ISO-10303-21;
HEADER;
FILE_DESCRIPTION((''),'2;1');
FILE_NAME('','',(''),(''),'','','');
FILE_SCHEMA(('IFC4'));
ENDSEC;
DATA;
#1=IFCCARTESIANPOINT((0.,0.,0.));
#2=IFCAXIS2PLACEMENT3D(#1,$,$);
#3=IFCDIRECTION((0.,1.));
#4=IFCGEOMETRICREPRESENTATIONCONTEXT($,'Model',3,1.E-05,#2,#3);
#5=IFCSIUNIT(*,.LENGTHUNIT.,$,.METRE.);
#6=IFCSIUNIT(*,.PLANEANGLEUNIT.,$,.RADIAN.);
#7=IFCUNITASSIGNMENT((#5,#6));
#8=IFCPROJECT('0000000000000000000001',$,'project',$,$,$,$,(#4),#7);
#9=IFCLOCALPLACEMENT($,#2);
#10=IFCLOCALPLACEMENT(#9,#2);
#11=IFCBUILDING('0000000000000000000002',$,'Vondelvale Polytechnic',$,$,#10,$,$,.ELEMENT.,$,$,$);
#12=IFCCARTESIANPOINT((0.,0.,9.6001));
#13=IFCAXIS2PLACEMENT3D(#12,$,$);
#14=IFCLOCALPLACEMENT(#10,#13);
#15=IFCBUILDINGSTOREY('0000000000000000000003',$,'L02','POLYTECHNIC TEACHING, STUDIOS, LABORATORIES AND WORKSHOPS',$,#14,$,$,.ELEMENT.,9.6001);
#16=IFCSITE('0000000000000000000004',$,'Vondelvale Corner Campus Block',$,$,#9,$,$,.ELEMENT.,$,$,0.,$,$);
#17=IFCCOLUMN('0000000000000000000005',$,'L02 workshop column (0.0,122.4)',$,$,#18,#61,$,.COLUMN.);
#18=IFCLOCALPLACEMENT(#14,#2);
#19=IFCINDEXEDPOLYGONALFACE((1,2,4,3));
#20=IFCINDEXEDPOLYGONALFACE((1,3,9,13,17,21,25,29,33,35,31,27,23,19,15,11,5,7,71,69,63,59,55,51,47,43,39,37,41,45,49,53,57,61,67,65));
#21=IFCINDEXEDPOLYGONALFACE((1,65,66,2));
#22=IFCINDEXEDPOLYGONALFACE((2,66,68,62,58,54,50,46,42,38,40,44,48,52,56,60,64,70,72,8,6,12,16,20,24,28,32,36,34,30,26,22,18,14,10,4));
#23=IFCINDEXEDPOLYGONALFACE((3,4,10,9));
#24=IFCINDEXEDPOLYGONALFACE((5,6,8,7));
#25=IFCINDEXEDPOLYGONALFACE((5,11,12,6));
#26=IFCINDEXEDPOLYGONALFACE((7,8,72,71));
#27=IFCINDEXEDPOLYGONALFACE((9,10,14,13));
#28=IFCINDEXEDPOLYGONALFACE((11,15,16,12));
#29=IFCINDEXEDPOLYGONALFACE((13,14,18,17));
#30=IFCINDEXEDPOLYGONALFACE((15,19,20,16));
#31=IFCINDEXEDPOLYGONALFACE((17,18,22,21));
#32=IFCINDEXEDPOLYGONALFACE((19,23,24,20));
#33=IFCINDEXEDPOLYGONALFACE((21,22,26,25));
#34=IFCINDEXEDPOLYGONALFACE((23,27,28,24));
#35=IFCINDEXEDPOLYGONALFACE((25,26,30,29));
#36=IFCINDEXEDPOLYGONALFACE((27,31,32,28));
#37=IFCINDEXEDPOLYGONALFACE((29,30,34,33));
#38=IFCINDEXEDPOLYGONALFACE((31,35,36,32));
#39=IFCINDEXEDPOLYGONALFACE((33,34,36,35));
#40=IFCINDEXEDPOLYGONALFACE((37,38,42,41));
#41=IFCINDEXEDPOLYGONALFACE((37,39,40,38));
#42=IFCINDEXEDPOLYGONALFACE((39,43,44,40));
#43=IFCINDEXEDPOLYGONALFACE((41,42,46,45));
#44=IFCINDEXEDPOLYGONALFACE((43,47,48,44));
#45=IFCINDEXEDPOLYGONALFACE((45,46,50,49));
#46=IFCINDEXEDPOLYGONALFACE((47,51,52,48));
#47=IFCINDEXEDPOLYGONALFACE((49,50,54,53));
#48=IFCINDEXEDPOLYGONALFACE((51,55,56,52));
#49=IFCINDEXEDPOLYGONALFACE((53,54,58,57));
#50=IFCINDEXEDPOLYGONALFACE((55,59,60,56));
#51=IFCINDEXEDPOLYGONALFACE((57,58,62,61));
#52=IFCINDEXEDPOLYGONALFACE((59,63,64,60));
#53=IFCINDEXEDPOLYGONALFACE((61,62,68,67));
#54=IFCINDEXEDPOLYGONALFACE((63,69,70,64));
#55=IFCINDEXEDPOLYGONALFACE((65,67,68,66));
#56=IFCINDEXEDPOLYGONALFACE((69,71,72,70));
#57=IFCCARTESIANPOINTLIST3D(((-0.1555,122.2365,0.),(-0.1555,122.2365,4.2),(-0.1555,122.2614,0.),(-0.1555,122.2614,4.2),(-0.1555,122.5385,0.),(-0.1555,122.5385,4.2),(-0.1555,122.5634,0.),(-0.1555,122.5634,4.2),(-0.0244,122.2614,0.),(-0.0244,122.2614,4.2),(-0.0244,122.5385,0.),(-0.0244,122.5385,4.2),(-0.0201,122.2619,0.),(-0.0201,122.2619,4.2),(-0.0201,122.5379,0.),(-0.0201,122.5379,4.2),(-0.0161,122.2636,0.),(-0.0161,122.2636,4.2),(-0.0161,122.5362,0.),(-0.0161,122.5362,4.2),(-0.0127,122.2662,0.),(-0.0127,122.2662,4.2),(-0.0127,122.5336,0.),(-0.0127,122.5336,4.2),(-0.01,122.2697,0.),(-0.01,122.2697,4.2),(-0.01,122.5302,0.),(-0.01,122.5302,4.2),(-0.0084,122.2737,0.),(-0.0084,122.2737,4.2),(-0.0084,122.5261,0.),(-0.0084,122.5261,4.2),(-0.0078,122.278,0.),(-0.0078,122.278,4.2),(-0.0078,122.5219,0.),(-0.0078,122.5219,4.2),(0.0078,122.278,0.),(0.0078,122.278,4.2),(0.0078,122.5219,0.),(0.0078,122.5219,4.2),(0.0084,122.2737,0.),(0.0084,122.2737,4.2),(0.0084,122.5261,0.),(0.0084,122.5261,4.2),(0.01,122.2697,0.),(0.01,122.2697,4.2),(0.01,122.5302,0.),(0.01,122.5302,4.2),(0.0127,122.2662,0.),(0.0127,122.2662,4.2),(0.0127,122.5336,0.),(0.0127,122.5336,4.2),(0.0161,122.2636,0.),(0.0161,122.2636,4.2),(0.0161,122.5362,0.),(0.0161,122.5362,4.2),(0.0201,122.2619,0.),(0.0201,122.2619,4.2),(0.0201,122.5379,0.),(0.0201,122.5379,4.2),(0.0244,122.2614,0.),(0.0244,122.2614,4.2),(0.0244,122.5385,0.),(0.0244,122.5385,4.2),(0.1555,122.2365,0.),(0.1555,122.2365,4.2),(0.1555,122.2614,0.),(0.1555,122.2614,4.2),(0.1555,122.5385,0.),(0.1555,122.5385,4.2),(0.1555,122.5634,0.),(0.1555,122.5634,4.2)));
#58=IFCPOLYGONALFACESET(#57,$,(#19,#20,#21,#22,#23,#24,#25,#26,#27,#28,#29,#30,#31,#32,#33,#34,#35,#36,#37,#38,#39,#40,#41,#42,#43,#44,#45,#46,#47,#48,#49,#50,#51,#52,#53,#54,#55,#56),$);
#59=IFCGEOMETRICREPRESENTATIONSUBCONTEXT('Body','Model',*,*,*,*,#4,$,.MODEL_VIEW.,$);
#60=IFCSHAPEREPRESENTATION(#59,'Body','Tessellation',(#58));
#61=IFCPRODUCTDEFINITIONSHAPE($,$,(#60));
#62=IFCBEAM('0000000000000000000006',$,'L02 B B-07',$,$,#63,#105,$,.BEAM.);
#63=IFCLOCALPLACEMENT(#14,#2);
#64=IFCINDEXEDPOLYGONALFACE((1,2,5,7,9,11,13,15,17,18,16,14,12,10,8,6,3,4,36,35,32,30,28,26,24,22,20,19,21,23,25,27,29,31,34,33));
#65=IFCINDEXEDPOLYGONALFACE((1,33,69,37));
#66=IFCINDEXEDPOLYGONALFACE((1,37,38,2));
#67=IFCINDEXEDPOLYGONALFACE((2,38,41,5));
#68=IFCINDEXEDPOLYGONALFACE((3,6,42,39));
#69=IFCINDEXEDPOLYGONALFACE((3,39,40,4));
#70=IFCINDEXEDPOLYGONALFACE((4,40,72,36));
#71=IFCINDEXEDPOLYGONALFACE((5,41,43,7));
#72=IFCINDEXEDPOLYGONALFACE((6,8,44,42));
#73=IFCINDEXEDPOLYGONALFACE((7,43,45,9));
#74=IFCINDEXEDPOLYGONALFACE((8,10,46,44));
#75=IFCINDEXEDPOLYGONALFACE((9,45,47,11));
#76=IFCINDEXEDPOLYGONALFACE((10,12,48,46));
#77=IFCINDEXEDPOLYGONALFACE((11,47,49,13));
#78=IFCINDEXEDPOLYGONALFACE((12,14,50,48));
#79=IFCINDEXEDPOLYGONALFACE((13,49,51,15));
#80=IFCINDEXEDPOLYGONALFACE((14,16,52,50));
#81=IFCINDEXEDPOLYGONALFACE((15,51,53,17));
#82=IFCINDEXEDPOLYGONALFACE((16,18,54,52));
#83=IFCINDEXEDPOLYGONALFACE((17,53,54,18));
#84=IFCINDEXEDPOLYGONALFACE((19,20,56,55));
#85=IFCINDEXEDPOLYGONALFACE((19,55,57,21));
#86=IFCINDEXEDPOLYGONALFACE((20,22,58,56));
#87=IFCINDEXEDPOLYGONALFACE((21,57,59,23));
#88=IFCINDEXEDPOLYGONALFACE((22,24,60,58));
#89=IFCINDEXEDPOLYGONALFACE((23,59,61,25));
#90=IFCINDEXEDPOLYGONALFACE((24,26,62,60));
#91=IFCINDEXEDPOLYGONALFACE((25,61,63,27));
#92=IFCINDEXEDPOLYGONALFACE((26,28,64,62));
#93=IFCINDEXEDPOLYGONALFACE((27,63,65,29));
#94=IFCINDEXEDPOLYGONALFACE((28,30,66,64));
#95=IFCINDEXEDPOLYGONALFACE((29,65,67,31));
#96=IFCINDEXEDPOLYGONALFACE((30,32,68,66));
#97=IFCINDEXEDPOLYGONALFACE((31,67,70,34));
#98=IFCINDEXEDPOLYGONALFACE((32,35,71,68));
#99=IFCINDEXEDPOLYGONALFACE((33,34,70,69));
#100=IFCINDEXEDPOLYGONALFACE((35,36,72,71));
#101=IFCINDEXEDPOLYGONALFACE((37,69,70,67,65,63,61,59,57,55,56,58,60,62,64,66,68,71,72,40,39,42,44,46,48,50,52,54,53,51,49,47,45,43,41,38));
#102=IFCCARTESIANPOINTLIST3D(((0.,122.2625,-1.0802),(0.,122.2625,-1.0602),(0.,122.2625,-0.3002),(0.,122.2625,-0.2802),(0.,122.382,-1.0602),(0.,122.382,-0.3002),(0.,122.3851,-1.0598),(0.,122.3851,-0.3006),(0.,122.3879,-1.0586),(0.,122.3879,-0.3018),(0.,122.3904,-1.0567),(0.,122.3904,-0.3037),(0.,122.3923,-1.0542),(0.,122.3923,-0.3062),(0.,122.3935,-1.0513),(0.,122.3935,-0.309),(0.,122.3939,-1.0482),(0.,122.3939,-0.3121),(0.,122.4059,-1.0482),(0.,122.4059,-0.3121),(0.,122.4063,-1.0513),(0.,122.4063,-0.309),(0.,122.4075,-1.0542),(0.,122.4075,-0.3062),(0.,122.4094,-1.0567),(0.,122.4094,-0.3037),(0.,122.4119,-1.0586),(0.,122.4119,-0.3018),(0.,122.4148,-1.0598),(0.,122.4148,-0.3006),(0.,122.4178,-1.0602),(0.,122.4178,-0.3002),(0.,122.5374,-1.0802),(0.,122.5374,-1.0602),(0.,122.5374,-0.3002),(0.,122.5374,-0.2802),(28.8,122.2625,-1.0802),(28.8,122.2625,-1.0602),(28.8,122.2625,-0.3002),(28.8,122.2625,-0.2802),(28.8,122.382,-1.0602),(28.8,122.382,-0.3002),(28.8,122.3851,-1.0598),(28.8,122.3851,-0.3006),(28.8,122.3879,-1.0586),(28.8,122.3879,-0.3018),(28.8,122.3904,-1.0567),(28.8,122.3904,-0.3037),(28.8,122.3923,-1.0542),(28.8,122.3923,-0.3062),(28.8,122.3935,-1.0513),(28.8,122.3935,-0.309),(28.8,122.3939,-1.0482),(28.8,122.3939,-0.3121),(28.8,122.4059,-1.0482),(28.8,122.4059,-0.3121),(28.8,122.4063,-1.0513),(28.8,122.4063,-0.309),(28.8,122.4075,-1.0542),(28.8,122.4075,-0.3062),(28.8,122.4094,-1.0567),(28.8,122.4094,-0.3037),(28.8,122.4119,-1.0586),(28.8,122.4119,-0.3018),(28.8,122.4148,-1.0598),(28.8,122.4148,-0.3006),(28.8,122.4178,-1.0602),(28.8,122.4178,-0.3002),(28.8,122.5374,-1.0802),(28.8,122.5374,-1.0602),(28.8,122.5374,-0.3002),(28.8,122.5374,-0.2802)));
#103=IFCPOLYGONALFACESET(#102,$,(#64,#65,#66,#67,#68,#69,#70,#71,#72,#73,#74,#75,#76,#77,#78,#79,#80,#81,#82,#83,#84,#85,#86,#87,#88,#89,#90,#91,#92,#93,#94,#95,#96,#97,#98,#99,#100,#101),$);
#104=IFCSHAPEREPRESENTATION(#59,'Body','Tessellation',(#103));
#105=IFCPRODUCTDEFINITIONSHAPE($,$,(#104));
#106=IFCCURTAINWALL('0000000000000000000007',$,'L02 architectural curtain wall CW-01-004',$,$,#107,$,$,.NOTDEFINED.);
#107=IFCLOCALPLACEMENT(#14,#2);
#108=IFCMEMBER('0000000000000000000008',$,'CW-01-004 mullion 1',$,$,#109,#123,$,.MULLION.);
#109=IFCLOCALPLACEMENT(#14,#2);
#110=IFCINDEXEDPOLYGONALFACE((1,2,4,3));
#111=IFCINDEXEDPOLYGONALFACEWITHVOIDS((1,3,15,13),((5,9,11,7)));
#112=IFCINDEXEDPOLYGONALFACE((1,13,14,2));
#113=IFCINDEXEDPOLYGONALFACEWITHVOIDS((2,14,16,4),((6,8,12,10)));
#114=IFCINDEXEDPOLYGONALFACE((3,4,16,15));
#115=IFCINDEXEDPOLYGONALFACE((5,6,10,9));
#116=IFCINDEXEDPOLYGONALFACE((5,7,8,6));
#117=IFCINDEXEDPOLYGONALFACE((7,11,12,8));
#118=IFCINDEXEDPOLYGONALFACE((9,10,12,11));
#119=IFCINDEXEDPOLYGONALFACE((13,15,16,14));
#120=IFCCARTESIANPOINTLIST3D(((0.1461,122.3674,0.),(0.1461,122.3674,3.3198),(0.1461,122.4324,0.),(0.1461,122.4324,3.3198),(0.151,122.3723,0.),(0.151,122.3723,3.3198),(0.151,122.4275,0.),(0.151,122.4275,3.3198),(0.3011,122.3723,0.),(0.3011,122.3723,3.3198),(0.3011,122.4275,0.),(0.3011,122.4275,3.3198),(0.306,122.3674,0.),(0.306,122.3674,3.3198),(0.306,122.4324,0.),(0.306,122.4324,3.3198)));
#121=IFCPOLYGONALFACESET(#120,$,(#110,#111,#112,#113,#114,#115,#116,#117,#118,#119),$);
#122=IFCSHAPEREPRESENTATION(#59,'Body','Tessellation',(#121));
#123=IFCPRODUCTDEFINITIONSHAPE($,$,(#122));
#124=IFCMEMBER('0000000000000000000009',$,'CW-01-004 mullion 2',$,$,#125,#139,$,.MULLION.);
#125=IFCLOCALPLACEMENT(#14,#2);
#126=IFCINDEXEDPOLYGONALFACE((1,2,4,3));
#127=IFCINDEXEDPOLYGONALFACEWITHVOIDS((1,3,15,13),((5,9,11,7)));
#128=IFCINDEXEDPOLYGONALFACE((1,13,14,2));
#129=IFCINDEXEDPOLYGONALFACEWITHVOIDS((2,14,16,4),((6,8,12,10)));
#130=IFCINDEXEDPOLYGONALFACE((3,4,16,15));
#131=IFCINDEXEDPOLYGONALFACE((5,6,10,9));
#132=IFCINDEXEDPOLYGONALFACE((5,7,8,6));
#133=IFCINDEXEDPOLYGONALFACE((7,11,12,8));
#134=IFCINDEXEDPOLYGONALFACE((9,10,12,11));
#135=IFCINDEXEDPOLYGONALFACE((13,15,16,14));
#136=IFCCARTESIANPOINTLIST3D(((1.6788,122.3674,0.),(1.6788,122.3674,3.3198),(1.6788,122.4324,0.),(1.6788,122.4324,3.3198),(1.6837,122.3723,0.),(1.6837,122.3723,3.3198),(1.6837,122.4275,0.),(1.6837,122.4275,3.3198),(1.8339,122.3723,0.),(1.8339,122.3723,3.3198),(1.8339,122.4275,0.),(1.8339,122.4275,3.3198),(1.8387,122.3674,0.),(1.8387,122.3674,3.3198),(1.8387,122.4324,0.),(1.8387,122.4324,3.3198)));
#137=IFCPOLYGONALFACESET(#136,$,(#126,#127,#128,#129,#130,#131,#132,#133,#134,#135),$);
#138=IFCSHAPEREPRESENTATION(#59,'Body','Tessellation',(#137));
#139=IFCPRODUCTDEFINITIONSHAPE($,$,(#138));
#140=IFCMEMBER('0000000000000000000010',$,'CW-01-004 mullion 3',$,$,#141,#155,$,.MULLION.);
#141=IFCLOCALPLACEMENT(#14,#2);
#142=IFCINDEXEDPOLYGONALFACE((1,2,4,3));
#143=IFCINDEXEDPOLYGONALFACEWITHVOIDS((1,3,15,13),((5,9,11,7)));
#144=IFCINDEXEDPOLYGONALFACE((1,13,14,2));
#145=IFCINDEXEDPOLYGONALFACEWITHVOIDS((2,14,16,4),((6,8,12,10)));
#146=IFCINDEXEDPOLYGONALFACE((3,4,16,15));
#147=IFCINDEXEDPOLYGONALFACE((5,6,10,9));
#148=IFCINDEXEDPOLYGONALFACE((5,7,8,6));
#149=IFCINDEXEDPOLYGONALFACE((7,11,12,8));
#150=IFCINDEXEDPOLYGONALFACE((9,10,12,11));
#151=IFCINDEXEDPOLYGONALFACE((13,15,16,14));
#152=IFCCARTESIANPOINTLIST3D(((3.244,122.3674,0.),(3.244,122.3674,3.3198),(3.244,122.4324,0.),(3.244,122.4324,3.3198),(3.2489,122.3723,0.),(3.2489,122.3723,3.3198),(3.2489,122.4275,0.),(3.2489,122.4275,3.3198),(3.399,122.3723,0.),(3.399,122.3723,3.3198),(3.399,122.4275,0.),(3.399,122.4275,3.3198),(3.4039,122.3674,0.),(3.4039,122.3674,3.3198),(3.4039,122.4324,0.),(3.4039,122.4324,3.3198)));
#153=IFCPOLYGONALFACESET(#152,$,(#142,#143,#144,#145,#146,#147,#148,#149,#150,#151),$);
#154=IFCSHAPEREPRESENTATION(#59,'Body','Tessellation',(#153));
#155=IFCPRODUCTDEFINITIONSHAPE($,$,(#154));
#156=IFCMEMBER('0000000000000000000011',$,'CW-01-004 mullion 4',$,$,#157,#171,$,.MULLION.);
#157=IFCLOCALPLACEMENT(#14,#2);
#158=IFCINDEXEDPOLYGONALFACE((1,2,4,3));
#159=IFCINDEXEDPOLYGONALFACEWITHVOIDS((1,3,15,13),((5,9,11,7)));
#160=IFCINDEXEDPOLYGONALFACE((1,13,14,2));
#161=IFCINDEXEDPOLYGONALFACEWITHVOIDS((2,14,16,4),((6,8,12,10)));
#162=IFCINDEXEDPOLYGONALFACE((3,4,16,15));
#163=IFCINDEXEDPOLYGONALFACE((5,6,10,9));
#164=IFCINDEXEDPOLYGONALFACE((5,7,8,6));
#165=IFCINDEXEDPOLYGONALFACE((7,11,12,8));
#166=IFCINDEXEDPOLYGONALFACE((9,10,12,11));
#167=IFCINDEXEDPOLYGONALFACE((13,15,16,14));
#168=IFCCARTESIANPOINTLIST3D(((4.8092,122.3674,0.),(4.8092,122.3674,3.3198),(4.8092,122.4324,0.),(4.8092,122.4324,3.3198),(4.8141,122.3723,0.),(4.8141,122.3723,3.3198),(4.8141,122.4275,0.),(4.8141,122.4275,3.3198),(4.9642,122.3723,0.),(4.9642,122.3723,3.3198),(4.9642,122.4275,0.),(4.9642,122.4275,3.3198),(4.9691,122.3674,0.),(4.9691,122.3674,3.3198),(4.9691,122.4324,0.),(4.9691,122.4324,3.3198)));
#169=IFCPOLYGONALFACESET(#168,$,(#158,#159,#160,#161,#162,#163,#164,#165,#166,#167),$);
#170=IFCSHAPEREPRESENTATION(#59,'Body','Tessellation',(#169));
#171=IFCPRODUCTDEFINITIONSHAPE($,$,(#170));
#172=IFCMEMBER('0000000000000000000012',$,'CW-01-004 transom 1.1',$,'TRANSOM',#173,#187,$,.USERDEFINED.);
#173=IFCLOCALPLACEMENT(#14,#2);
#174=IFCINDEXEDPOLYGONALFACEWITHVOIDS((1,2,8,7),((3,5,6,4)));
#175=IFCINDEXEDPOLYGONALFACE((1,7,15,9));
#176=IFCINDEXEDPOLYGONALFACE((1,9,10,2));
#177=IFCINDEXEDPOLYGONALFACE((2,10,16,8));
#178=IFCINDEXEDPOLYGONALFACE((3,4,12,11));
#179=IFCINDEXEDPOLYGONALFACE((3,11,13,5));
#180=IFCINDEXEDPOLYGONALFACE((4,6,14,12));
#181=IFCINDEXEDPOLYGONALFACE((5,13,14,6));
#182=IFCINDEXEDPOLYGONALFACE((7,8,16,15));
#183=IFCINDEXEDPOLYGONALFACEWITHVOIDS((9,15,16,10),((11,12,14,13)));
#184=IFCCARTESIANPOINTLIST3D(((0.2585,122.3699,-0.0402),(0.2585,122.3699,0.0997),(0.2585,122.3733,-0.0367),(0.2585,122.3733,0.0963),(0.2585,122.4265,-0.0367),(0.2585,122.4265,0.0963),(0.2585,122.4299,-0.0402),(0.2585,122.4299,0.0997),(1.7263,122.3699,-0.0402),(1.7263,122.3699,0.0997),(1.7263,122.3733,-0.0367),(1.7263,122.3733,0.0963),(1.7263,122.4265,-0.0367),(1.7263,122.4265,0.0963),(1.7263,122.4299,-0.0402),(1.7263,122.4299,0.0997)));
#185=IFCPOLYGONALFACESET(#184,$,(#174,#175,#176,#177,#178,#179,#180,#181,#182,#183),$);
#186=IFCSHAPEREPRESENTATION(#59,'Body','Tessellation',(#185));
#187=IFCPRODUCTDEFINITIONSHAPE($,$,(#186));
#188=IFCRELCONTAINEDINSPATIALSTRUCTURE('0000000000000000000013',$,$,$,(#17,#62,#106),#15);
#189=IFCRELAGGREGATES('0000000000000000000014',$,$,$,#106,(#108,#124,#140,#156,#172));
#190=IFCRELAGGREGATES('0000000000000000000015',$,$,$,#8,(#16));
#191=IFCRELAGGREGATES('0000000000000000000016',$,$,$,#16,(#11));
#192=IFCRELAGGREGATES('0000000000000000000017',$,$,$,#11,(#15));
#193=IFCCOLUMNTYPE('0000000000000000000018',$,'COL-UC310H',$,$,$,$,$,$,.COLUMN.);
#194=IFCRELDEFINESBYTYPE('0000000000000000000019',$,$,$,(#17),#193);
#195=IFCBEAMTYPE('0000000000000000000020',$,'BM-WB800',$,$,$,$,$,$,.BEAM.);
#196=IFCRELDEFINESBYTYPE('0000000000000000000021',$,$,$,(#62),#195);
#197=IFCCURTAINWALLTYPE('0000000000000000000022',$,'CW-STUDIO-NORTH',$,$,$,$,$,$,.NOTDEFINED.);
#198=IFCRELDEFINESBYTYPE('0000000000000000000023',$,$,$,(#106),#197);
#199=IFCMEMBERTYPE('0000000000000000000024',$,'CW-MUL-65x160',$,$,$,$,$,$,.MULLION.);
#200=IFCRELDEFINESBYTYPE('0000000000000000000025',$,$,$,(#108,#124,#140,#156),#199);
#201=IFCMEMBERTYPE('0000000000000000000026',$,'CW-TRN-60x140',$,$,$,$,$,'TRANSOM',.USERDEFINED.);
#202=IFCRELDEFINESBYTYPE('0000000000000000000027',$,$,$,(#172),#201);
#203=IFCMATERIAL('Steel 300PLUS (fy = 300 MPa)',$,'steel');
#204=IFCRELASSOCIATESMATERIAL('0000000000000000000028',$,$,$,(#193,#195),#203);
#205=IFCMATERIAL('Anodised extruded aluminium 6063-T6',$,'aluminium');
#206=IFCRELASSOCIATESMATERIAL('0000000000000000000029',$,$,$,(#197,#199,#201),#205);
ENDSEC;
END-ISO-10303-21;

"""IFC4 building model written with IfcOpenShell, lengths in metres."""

from ifc_helpers import new_model, si_unit, direction, frame, origin, origin_2d, place, context, subcontext, project, spatial, hollow_rectangle, i_section, extrude, material, material_profile, profile_set, type_object, element, aggregate, save


model = new_model("IFC4")

# Units and contexts
model_context = context("Model", 3, precision=1e-05, world=origin(), true_north=direction((0.0, 1.0)))
body_context = subcontext(model_context, "Body", "Model", "MODEL_VIEW")
ifc_project = project(units=[si_unit("LENGTHUNIT", "METRE"), si_unit("PLANEANGLEUNIT", "RADIAN")], contexts=[model_context])

# Site, building, storey
site_placement = place(None, origin())
site = spatial("IfcSite", under=ifc_project, at=site_placement, Name="Vondelvale Corner Campus Block", CompositionType="ELEMENT", RefElevation=0.0)
building_placement = place(site_placement, origin())
building = spatial("IfcBuilding", under=site, at=building_placement, Name="Vondelvale Polytechnic", CompositionType="ELEMENT")
storey_placement = place(building_placement, frame((0.0, 0.0, 9.6001)))
storey = spatial("IfcBuildingStorey", under=building, at=storey_placement, Name="L02", Description="POLYTECHNIC TEACHING, STUDIOS, LABORATORIES AND WORKSHOPS", CompositionType="ELEMENT", Elevation=9.6001)

# Column
ifc_material_1 = material(Name="Steel 300PLUS (fy = 300 MPa)", Category="steel")
ifc_material_profile_1 = material_profile(ifc_material_1, i_section(OverallWidth=0.311, OverallDepth=0.3269, WebThickness=0.0156, FlangeThickness=0.0249, FilletRadius=0.0166, at=origin_2d()), Name="310UC158")
ifc_profile_set_1 = profile_set([ifc_material_profile_1], Name="Steel 300PLUS (fy = 300 MPa)")
column_type = type_object("IfcColumnType", Name="COL-UC310H", PredefinedType="COLUMN", material=ifc_profile_set_1)
column_placement = place(storey_placement, frame((0.0, 122.3999, 0.0), z_axis=(0.0, 0.0, 1.0), x_axis=(1.0, 0.0, 0.0)))
element("IfcColumn", 1, at=column_placement, inside=storey, type_object=column_type, Name="L02 workshop column (0.0,122.4)", PredefinedType="COLUMN", context=body_context, shape_type="SweptSolid", body=[
    extrude(i_section(OverallWidth=0.311, OverallDepth=0.3269, WebThickness=0.0156, FlangeThickness=0.0249, FilletRadius=0.0166, at=origin_2d()), origin(), (0.0, 0.0, 1.0), 4.2),
])

# Beam
ifc_material_profile_2 = material_profile(ifc_material_1, i_section(OverallWidth=0.2749, OverallDepth=0.8, WebThickness=0.012, FlangeThickness=0.02, FilletRadius=0.012, at=origin_2d()), Name="800WB168")
ifc_profile_set_2 = profile_set([ifc_material_profile_2], Name="Steel 300PLUS (fy = 300 MPa)")
beam_type = type_object("IfcBeamType", Name="BM-WB800", PredefinedType="BEAM", material=ifc_profile_set_2)
beam_placement = place(storey_placement, frame((0.0, 122.3999, -0.6802), z_axis=(1.0, 0.0, 0.0), x_axis=(0.0, 1.0, 0.0)))
element("IfcBeam", 2, at=beam_placement, inside=storey, type_object=beam_type, Name="L02 B B-07", PredefinedType="BEAM", context=body_context, shape_type="SweptSolid", body=[
    extrude(i_section(OverallWidth=0.2749, OverallDepth=0.8, WebThickness=0.012, FlangeThickness=0.02, FilletRadius=0.012, at=origin_2d()), origin(), (0.0, 0.0, 1.0), 28.8),
])

# Curtain wall, members
ifc_material_2 = material(Name="Anodised extruded aluminium 6063-T6", Category="aluminium")
curtain_wall_type = type_object("IfcCurtainWallType", Name="CW-STUDIO-NORTH", PredefinedType="NOTDEFINED", material=ifc_material_2)
curtain_wall_placement = place(storey_placement, origin())
curtain_wall = element("IfcCurtainWall", 3, at=curtain_wall_placement, inside=storey, type_object=curtain_wall_type, Name="L02 architectural curtain wall CW-01-004", PredefinedType="NOTDEFINED")
ifc_material_profile_3 = material_profile(ifc_material_2, hollow_rectangle(XDim=0.0649, YDim=0.1599, WallThickness=0.0049, at=origin_2d()), Name="CW-MUL-160x65")
ifc_profile_set_3 = profile_set([ifc_material_profile_3], Name="Anodised extruded aluminium 6063-T6")
member_type_1 = type_object("IfcMemberType", Name="CW-MUL-65x160", PredefinedType="MULLION", material=ifc_profile_set_3)
member_1_placement = place(storey_placement, frame((0.2261, 122.3999, 0.0), z_axis=(0.0, 0.0, 1.0), x_axis=(0.0, 1.0, 0.0)))
member_1 = element("IfcMember", 4, at=member_1_placement, type_object=member_type_1, Name="CW-01-004 mullion 1", PredefinedType="MULLION", context=body_context, shape_type="SweptSolid", body=[
    extrude(hollow_rectangle(XDim=0.0649, YDim=0.1599, WallThickness=0.0049, at=origin_2d()), origin(), (0.0, 0.0, 1.0), 3.3198),
])
member_2_placement = place(storey_placement, frame((1.7588, 122.3999, 0.0), z_axis=(0.0, 0.0, 1.0), x_axis=(0.0, 1.0, 0.0)))
member_2 = element("IfcMember", 5, at=member_2_placement, type_object=member_type_1, Name="CW-01-004 mullion 2", PredefinedType="MULLION", context=body_context, shape_type="SweptSolid", body=[
    extrude(hollow_rectangle(XDim=0.0649, YDim=0.1599, WallThickness=0.0049, at=origin_2d()), origin(), (0.0, 0.0, 1.0), 3.3198),
])
member_3_placement = place(storey_placement, frame((3.324, 122.3999, 0.0), z_axis=(0.0, 0.0, 1.0), x_axis=(0.0, 1.0, 0.0)))
member_3 = element("IfcMember", 6, at=member_3_placement, type_object=member_type_1, Name="CW-01-004 mullion 3", PredefinedType="MULLION", context=body_context, shape_type="SweptSolid", body=[
    extrude(hollow_rectangle(XDim=0.0649, YDim=0.1599, WallThickness=0.0049, at=origin_2d()), origin(), (0.0, 0.0, 1.0), 3.3198),
])
member_4_placement = place(storey_placement, frame((4.8892, 122.3999, 0.0), z_axis=(0.0, 0.0, 1.0), x_axis=(0.0, 1.0, 0.0)))
member_4 = element("IfcMember", 7, at=member_4_placement, type_object=member_type_1, Name="CW-01-004 mullion 4", PredefinedType="MULLION", context=body_context, shape_type="SweptSolid", body=[
    extrude(hollow_rectangle(XDim=0.0649, YDim=0.1599, WallThickness=0.0049, at=origin_2d()), origin(), (0.0, 0.0, 1.0), 3.3198),
])
ifc_material_profile_4 = material_profile(ifc_material_2, hollow_rectangle(XDim=0.0601, YDim=0.1399, WallThickness=0.0034, at=origin_2d()), Name="CW-TRN-140x60")
ifc_profile_set_4 = profile_set([ifc_material_profile_4], Name="Anodised extruded aluminium 6063-T6")
member_type_2 = type_object("IfcMemberType", Name="CW-TRN-60x140", ElementType="TRANSOM", PredefinedType="USERDEFINED", material=ifc_profile_set_4)
member_5_placement = place(storey_placement, frame((0.2585, 122.3999, 0.0298), z_axis=(1.0, 0.0, 0.0), x_axis=(0.0, 1.0, 0.0)))
member_5 = element("IfcMember", 8, at=member_5_placement, type_object=member_type_2, Name="CW-01-004 transom 1.1", ObjectType="TRANSOM", PredefinedType="USERDEFINED", context=body_context, shape_type="SweptSolid", body=[
    extrude(hollow_rectangle(XDim=0.0601, YDim=0.1399, WallThickness=0.0034, at=origin_2d()), origin(), (0.0, 0.0, 1.0), 1.4678),
])
aggregate(curtain_wall, [member_1, member_2, member_3, member_4, member_5])

save(model, "model.ifc")
